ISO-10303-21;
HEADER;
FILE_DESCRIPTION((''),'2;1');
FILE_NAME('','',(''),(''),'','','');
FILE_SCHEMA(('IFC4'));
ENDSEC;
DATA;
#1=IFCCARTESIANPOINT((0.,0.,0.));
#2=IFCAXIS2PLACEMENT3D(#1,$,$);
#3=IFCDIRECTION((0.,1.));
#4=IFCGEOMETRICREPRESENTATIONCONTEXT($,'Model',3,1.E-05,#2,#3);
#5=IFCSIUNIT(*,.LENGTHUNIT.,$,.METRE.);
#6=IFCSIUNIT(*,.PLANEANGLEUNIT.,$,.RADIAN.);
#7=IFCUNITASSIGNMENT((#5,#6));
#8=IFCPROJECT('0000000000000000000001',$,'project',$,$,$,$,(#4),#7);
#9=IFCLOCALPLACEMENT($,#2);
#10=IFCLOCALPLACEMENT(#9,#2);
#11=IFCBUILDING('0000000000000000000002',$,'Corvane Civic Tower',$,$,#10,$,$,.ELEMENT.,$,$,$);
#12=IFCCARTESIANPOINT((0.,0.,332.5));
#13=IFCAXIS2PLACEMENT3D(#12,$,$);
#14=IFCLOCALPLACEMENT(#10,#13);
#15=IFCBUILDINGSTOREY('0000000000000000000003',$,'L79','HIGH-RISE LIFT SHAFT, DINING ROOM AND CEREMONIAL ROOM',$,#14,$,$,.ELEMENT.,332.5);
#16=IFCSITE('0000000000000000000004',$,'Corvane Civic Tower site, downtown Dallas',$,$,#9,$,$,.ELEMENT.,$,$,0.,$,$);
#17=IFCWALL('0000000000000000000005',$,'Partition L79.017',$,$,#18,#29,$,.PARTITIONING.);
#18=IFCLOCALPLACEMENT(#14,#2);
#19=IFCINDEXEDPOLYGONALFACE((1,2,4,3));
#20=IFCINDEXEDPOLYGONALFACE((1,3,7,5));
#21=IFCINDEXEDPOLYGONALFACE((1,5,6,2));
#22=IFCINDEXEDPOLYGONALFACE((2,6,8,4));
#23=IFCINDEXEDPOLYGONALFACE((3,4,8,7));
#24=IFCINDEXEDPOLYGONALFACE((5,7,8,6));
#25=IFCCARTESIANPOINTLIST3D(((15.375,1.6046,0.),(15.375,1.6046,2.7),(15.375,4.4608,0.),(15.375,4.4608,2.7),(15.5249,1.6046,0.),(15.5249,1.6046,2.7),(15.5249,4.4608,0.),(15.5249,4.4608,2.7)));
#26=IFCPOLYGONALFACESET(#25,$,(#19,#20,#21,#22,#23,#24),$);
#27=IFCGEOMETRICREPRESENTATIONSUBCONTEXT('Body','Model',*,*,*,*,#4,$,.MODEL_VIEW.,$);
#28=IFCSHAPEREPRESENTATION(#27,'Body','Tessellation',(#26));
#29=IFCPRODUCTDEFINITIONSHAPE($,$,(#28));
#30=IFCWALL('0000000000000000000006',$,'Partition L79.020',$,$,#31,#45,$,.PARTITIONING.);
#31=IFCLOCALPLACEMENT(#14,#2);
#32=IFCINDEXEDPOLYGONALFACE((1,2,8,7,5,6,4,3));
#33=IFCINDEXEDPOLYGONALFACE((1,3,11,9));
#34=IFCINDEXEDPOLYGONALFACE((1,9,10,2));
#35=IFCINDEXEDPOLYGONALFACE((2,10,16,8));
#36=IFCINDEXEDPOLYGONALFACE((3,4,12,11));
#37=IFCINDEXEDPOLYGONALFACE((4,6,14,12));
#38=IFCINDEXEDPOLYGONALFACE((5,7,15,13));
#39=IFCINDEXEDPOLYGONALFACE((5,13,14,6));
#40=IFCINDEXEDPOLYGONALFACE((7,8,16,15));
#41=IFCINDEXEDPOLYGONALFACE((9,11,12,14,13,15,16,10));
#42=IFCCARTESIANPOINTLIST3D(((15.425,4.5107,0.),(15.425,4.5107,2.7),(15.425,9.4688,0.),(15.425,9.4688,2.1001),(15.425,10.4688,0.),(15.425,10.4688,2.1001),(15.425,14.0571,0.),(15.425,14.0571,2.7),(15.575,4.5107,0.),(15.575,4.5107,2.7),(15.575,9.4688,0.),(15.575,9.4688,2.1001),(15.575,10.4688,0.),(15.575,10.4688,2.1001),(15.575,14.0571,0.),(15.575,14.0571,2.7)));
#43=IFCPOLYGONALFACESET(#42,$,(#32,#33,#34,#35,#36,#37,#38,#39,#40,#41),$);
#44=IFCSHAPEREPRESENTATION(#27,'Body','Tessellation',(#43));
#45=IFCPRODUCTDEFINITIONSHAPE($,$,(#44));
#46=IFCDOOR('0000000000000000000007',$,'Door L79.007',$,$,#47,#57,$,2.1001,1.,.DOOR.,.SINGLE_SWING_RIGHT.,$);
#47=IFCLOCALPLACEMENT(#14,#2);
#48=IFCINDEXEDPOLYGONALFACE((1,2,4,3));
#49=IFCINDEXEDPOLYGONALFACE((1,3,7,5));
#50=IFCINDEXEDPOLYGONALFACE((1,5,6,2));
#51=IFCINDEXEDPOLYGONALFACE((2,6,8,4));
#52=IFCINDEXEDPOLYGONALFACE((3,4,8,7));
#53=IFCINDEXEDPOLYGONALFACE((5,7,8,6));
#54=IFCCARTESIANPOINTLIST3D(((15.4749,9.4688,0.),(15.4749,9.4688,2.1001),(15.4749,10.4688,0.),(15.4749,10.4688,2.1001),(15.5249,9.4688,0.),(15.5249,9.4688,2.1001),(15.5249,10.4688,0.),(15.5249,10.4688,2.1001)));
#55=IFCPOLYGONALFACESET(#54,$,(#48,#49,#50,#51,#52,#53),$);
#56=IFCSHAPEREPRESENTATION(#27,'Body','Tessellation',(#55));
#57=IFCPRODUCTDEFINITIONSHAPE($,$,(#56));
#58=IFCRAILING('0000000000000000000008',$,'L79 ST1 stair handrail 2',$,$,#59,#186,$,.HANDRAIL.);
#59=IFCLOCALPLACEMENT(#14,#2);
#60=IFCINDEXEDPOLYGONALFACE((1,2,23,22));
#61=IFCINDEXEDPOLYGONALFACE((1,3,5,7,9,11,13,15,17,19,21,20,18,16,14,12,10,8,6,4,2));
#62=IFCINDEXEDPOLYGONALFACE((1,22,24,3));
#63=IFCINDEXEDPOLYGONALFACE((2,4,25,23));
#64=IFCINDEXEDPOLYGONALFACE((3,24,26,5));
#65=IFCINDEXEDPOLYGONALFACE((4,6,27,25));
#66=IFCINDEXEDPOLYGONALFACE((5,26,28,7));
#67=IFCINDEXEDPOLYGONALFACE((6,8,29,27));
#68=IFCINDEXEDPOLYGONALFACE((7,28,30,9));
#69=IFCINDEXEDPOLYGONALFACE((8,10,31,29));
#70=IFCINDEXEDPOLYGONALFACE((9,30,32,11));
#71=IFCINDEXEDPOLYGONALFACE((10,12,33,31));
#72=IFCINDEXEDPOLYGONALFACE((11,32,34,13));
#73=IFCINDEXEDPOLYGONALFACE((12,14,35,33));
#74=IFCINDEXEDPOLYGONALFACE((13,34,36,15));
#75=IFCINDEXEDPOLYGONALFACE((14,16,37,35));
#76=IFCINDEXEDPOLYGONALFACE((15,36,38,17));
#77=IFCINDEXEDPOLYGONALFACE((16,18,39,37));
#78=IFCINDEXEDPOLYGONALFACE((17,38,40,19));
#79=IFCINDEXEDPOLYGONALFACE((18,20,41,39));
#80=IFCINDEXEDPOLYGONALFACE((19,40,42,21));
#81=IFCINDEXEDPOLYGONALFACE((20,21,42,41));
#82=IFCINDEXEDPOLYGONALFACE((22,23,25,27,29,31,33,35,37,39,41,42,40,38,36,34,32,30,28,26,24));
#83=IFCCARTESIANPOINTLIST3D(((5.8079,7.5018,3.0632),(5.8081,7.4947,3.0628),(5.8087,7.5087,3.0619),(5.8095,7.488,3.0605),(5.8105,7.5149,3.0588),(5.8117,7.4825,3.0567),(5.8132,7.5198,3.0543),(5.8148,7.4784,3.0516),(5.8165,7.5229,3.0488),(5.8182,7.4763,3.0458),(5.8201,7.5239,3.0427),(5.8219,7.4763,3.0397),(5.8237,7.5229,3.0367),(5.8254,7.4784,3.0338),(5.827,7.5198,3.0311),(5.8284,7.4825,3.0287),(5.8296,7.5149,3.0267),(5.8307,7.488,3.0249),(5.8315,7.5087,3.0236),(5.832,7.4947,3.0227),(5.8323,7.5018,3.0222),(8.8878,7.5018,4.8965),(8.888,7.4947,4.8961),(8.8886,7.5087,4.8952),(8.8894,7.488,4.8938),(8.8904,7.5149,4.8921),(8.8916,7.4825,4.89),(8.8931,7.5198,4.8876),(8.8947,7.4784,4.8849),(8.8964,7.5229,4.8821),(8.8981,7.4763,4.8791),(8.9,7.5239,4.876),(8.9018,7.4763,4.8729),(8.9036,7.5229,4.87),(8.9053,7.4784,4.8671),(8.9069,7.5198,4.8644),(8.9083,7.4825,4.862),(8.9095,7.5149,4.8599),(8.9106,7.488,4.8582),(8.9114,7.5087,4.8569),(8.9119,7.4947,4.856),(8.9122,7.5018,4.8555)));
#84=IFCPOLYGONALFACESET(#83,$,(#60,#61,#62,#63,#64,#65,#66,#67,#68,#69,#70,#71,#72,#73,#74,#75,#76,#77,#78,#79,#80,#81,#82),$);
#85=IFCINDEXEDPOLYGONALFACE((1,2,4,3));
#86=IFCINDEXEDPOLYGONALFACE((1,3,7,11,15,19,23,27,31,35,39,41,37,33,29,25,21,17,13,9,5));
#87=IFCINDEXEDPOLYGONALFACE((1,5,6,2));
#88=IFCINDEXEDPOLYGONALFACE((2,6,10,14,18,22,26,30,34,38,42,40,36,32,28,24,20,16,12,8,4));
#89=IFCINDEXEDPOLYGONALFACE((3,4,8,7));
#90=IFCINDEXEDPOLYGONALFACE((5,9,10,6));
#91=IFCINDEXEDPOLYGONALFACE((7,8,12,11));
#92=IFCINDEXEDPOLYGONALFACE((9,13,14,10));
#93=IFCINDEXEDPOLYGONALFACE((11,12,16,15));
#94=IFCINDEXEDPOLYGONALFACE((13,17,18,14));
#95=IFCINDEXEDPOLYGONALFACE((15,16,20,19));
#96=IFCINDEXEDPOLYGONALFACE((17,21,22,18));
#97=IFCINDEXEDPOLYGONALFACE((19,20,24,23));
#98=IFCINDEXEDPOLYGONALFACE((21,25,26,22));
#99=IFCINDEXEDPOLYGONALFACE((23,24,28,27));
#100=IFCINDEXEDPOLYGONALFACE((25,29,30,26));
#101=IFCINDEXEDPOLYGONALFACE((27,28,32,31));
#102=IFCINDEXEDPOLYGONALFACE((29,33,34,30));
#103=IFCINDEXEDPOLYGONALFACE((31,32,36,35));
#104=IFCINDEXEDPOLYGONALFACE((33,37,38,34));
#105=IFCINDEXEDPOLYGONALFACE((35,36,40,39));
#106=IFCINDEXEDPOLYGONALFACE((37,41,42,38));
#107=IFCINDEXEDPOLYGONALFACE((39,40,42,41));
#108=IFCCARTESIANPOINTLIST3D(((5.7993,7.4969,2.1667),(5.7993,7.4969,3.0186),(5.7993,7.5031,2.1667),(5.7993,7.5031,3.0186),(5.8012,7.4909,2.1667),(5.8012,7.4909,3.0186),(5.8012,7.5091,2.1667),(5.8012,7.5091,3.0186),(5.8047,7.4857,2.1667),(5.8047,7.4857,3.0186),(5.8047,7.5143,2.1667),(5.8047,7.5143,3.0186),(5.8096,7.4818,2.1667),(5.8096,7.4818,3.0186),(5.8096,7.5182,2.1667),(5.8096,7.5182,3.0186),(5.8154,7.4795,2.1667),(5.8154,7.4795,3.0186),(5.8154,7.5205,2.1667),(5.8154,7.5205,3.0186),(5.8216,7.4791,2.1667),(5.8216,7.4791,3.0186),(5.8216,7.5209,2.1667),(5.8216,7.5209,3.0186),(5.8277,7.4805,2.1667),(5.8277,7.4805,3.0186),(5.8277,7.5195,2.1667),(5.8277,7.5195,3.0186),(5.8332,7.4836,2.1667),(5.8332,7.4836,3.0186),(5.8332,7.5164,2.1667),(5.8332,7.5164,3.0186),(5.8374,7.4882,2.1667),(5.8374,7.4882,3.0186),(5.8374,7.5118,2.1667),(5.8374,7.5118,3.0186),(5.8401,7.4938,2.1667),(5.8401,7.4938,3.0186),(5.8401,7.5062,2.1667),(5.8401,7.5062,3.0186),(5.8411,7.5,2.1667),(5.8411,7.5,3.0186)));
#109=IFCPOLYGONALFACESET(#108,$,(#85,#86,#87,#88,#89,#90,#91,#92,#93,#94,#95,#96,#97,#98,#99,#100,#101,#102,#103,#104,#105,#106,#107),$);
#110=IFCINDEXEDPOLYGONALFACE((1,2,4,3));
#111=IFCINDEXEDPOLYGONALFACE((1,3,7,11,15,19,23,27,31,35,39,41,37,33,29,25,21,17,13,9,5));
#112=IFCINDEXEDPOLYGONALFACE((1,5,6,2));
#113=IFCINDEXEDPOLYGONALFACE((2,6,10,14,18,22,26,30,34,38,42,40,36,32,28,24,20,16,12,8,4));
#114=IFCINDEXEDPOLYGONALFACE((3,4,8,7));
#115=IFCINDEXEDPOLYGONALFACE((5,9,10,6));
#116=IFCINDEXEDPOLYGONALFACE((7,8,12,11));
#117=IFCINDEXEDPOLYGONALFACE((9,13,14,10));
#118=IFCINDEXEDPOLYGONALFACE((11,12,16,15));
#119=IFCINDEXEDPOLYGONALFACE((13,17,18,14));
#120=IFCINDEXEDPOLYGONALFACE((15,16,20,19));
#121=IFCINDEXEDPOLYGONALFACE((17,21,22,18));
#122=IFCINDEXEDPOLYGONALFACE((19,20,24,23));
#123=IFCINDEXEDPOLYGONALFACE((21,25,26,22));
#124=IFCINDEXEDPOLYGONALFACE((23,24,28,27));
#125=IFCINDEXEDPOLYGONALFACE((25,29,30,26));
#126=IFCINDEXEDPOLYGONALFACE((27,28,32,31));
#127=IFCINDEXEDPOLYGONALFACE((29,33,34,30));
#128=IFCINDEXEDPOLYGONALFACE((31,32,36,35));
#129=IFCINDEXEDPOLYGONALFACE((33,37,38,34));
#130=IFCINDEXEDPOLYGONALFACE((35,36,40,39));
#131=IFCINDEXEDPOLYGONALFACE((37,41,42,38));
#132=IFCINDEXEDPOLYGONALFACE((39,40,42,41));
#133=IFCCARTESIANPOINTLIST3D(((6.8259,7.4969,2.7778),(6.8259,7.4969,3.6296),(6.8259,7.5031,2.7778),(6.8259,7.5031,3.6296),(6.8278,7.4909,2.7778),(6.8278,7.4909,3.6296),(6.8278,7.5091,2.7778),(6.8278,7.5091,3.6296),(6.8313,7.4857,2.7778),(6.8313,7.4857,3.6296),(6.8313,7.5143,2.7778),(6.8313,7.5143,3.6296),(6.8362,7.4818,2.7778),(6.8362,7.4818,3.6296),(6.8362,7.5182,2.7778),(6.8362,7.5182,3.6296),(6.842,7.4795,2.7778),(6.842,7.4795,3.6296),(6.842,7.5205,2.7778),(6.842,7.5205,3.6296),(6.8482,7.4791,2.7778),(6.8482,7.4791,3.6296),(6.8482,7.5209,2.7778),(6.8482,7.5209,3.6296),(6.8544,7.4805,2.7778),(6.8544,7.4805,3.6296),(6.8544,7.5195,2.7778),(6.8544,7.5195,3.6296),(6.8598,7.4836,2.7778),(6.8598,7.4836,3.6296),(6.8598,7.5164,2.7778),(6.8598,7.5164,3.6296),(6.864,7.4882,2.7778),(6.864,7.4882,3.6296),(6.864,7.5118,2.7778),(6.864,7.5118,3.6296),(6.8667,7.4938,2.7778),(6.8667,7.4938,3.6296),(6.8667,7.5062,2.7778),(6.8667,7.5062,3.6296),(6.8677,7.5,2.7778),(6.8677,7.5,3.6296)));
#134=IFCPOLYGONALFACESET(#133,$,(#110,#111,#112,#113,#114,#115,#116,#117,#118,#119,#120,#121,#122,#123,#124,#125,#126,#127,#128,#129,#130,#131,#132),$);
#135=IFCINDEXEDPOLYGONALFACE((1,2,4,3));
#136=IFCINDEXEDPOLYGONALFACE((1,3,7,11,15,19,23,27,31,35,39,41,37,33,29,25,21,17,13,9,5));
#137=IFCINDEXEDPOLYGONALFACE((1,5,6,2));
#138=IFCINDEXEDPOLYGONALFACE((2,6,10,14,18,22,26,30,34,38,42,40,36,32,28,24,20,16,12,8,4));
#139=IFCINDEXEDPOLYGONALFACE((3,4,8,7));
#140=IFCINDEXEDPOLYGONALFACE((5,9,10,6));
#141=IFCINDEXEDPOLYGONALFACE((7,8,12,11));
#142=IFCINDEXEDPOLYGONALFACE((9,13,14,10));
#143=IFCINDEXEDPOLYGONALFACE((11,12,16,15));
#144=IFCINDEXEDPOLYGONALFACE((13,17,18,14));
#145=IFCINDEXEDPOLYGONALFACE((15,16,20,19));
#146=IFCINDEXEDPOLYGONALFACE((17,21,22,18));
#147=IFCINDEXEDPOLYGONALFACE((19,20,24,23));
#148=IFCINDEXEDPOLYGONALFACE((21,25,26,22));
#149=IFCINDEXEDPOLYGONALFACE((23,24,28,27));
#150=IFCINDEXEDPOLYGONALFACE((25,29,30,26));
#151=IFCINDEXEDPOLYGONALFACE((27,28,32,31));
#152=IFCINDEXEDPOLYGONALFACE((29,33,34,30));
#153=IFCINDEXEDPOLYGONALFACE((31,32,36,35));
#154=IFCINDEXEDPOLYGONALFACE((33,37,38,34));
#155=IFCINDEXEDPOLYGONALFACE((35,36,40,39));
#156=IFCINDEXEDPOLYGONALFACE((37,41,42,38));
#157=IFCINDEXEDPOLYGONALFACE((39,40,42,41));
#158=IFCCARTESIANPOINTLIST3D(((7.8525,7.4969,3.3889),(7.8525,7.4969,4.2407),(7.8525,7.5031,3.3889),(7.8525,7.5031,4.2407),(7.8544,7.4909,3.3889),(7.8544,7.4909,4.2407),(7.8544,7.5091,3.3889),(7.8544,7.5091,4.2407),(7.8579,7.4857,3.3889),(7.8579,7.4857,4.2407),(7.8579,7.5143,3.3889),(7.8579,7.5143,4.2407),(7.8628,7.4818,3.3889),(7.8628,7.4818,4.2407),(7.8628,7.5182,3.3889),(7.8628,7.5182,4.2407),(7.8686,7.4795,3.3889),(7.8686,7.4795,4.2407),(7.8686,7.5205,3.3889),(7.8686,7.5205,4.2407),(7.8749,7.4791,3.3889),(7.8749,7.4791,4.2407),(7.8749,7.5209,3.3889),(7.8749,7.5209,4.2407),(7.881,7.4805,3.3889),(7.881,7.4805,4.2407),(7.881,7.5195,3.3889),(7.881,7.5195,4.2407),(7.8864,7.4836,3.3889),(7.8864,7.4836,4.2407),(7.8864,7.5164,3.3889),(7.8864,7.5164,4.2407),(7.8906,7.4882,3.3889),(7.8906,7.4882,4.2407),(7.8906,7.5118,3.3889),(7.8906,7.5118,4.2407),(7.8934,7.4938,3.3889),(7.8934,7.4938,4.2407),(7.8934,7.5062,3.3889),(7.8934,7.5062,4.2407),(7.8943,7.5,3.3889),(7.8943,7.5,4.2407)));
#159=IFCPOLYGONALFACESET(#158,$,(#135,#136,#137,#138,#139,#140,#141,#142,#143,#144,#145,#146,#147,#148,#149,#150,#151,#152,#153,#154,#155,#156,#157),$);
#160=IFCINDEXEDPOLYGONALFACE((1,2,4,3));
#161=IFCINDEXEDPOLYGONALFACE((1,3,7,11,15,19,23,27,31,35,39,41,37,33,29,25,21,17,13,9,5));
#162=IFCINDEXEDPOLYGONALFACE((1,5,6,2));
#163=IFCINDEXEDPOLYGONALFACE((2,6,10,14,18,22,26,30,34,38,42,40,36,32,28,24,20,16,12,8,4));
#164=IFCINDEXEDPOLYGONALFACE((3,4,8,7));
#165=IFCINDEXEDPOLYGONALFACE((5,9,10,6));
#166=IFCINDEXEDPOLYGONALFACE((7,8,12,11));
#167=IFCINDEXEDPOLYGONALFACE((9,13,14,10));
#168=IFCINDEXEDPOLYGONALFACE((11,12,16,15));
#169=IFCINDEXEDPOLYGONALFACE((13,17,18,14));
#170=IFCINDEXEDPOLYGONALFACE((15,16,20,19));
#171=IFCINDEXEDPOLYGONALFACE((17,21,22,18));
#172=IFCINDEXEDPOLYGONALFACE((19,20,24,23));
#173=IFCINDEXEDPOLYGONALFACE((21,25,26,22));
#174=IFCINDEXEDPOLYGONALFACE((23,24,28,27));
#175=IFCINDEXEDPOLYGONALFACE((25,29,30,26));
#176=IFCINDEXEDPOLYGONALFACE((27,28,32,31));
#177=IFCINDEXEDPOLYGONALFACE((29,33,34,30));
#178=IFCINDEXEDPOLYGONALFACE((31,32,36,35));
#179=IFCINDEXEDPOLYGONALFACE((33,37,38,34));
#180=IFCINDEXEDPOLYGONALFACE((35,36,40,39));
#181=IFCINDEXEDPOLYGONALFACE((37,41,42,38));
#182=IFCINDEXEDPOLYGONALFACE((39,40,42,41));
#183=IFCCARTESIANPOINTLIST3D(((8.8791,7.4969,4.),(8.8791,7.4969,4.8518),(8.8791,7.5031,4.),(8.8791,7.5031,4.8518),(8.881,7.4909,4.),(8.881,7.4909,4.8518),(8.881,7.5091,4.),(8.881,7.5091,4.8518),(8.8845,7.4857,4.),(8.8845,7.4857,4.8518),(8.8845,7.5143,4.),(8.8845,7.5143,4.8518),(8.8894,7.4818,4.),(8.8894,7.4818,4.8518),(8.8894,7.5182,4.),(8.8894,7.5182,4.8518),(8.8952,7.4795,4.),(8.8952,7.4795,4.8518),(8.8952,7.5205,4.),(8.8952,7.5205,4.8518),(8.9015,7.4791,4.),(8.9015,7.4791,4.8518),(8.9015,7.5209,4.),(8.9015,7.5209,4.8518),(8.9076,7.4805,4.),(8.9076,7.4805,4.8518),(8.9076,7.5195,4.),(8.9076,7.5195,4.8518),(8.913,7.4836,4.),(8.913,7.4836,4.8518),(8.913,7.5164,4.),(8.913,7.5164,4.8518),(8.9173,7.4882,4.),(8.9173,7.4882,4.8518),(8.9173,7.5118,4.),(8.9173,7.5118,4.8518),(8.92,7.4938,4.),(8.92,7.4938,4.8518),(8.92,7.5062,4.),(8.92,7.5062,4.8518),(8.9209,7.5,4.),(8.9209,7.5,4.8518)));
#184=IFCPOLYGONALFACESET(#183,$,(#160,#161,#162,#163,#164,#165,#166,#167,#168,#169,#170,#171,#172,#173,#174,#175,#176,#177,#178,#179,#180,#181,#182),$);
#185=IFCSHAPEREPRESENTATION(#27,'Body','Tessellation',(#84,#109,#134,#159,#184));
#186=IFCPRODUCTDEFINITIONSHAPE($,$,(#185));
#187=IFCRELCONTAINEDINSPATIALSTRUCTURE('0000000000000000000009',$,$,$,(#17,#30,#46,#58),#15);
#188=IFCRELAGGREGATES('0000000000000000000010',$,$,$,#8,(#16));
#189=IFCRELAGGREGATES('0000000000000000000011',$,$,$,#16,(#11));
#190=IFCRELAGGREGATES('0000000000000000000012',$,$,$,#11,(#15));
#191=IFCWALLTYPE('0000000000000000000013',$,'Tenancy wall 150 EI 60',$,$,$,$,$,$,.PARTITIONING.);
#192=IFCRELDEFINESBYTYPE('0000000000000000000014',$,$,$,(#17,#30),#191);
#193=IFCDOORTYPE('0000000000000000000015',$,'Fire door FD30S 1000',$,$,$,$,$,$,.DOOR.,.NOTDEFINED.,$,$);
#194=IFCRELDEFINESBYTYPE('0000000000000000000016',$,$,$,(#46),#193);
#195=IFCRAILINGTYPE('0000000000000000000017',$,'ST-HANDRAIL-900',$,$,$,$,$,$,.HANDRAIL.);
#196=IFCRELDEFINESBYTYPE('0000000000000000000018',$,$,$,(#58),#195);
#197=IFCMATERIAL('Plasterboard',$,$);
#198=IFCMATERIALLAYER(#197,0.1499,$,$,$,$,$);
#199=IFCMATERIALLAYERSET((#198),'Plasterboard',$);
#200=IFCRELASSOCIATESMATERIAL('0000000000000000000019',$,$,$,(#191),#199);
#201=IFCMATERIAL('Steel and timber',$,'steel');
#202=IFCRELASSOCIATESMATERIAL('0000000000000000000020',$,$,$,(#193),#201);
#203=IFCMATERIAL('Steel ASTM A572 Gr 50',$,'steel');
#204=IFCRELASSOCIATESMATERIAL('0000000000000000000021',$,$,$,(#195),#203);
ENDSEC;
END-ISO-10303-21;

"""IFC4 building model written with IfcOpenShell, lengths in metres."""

from ifc_helpers import new_model, si_unit, direction, frame, frame_2d, origin, origin_2d, place, context, subcontext, project, spatial, rectangle, circle, extrude, material, layer, layer_set, type_object, element, fill, save


model = new_model("IFC4")

# Units and contexts
model_context = context("Model", 3, precision=1e-05, world=origin(), true_north=direction((0.0, 1.0)))
body_context = subcontext(model_context, "Body", "Model", "MODEL_VIEW")
ifc_project = project(units=[si_unit("LENGTHUNIT", "METRE"), si_unit("PLANEANGLEUNIT", "RADIAN")], contexts=[model_context])

# Site, building, storey
site_placement = place(None, origin())
site = spatial("IfcSite", under=ifc_project, at=site_placement, Name="Corvane Civic Tower site, downtown Dallas", CompositionType="ELEMENT", RefElevation=0.0)
building_placement = place(site_placement, origin())
building = spatial("IfcBuilding", under=site, at=building_placement, Name="Corvane Civic Tower", CompositionType="ELEMENT")
storey_placement = place(building_placement, frame((0.0, 0.0, 332.5)))
storey = spatial("IfcBuildingStorey", under=building, at=storey_placement, Name="L79", Description="HIGH-RISE LIFT SHAFT, DINING ROOM AND CEREMONIAL ROOM", CompositionType="ELEMENT", Elevation=332.5)

# Wall
ifc_material_1 = material(Name="Plasterboard")
ifc_layer_1 = layer(ifc_material_1, 0.1499)
ifc_layer_set_1 = layer_set([ifc_layer_1], Name="Plasterboard")
wall_type_1 = type_object("IfcWallType", Name="Tenancy wall 150 EI 60", PredefinedType="PARTITIONING", material=ifc_layer_set_1)
wall_1_placement = place(storey_placement, frame((15.45, 1.6045, 0.0), z_axis=(0.0, 0.0, 1.0), x_axis=(0.0, 1.0, 0.0)))
element("IfcWall", 1, at=wall_1_placement, inside=storey, type_object=wall_type_1, Name="Partition L79.017", PredefinedType="PARTITIONING", context=body_context, shape_type="SweptSolid", body=[
    extrude(rectangle(XDim=2.8562, YDim=0.1499, at=frame_2d((1.4282, 0.0))), origin(), (0.0, 0.0, 1.0), 2.7),
])

# Wall, opening, door
wall_2_placement = place(storey_placement, frame((15.5, 4.5107, 0.0), z_axis=(0.0, 0.0, 1.0), x_axis=(0.0, 1.0, 0.0)))
wall_2 = element("IfcWall", 2, at=wall_2_placement, inside=storey, type_object=wall_type_1, Name="Partition L79.020", PredefinedType="PARTITIONING", context=body_context, shape_type="SweptSolid", body=[
    extrude(rectangle(XDim=9.5464, YDim=0.1499, at=frame_2d((4.7732, 0.0))), origin(), (0.0, 0.0, 1.0), 2.7),
])
opening_1_placement = place(wall_2_placement, frame((4.958, 0.0, 0.0)))
opening_1 = element("IfcOpeningElement", 3, at=opening_1_placement, cuts=wall_2, PredefinedType="OPENING", context=body_context, shape_type="SweptSolid", body=[
    extrude(rectangle(XDim=1.0, YDim=2.1001, at=frame_2d((0.5, 1.05))), frame((0.0, 0.085, 0.0), z_axis=(0.0, -1.0, 0.0), x_axis=(1.0, 0.0, 0.0)), (0.0, 0.0, 1.0), 0.1699),
])
ifc_material_2 = material(Name="Steel and timber", Category="steel")
door_type_1 = type_object("IfcDoorType", Name="Fire door FD30S 1000", OperationType="NOTDEFINED", PredefinedType="DOOR", material=ifc_material_2)
door_1_placement = place(opening_1_placement, frame((1.0, 0.0, 0.0), z_axis=(0.0, 0.0, 1.0), x_axis=(-1.0, 0.0, 0.0)))
door_1 = element("IfcDoor", 4, at=door_1_placement, inside=storey, type_object=door_type_1, Name="Door L79.007", OperationType="SINGLE_SWING_RIGHT", OverallHeight=2.1001, OverallWidth=1.0, PredefinedType="DOOR", context=body_context, shape_type="SweptSolid", body=[
    extrude(rectangle(XDim=1.0, YDim=2.1001, at=frame_2d((0.5, 1.05))), frame((0.0, 0.0249, 0.0), z_axis=(0.0, -1.0, 0.0), x_axis=(1.0, 0.0, 0.0)), (0.0, 0.0, 1.0), 0.05),
])
fill(opening_1, door_1)

# Railing
ifc_material_3 = material(Name="Steel ASTM A572 Gr 50", Category="steel")
railing_type = type_object("IfcRailingType", Name="ST-HANDRAIL-900", PredefinedType="HANDRAIL", material=ifc_material_3)
railing_placement = place(storey_placement, frame((5.8201, 7.5, 2.1667)))
element("IfcRailing", 5, at=railing_placement, inside=storey, type_object=railing_type, Name="L79 ST1 stair handrail 2", PredefinedType="HANDRAIL", context=body_context, shape_type="SweptSolid", body=[
    extrude(circle(Radius=0.0239, at=origin_2d()), frame((0.0, 0.0, 0.876), z_axis=(0.859291, 0.0, 0.511487), x_axis=(0.0, 1.0, 0.0)), (0.0, 0.0, 1.0), 3.5842),
    extrude(circle(Radius=0.021, at=origin_2d()), origin(), (0.0, 0.0, 1.0), 0.8518),
    extrude(circle(Radius=0.021, at=origin_2d()), frame((1.0266, 0.0, 0.6111)), (0.0, 0.0, 1.0), 0.8518),
    extrude(circle(Radius=0.021, at=origin_2d()), frame((2.0532, 0.0, 1.2222)), (0.0, 0.0, 1.0), 0.8518),
    extrude(circle(Radius=0.021, at=origin_2d()), frame((3.0798, 0.0, 1.8333)), (0.0, 0.0, 1.0), 0.8518),
])

save(model, "model.ifc")
